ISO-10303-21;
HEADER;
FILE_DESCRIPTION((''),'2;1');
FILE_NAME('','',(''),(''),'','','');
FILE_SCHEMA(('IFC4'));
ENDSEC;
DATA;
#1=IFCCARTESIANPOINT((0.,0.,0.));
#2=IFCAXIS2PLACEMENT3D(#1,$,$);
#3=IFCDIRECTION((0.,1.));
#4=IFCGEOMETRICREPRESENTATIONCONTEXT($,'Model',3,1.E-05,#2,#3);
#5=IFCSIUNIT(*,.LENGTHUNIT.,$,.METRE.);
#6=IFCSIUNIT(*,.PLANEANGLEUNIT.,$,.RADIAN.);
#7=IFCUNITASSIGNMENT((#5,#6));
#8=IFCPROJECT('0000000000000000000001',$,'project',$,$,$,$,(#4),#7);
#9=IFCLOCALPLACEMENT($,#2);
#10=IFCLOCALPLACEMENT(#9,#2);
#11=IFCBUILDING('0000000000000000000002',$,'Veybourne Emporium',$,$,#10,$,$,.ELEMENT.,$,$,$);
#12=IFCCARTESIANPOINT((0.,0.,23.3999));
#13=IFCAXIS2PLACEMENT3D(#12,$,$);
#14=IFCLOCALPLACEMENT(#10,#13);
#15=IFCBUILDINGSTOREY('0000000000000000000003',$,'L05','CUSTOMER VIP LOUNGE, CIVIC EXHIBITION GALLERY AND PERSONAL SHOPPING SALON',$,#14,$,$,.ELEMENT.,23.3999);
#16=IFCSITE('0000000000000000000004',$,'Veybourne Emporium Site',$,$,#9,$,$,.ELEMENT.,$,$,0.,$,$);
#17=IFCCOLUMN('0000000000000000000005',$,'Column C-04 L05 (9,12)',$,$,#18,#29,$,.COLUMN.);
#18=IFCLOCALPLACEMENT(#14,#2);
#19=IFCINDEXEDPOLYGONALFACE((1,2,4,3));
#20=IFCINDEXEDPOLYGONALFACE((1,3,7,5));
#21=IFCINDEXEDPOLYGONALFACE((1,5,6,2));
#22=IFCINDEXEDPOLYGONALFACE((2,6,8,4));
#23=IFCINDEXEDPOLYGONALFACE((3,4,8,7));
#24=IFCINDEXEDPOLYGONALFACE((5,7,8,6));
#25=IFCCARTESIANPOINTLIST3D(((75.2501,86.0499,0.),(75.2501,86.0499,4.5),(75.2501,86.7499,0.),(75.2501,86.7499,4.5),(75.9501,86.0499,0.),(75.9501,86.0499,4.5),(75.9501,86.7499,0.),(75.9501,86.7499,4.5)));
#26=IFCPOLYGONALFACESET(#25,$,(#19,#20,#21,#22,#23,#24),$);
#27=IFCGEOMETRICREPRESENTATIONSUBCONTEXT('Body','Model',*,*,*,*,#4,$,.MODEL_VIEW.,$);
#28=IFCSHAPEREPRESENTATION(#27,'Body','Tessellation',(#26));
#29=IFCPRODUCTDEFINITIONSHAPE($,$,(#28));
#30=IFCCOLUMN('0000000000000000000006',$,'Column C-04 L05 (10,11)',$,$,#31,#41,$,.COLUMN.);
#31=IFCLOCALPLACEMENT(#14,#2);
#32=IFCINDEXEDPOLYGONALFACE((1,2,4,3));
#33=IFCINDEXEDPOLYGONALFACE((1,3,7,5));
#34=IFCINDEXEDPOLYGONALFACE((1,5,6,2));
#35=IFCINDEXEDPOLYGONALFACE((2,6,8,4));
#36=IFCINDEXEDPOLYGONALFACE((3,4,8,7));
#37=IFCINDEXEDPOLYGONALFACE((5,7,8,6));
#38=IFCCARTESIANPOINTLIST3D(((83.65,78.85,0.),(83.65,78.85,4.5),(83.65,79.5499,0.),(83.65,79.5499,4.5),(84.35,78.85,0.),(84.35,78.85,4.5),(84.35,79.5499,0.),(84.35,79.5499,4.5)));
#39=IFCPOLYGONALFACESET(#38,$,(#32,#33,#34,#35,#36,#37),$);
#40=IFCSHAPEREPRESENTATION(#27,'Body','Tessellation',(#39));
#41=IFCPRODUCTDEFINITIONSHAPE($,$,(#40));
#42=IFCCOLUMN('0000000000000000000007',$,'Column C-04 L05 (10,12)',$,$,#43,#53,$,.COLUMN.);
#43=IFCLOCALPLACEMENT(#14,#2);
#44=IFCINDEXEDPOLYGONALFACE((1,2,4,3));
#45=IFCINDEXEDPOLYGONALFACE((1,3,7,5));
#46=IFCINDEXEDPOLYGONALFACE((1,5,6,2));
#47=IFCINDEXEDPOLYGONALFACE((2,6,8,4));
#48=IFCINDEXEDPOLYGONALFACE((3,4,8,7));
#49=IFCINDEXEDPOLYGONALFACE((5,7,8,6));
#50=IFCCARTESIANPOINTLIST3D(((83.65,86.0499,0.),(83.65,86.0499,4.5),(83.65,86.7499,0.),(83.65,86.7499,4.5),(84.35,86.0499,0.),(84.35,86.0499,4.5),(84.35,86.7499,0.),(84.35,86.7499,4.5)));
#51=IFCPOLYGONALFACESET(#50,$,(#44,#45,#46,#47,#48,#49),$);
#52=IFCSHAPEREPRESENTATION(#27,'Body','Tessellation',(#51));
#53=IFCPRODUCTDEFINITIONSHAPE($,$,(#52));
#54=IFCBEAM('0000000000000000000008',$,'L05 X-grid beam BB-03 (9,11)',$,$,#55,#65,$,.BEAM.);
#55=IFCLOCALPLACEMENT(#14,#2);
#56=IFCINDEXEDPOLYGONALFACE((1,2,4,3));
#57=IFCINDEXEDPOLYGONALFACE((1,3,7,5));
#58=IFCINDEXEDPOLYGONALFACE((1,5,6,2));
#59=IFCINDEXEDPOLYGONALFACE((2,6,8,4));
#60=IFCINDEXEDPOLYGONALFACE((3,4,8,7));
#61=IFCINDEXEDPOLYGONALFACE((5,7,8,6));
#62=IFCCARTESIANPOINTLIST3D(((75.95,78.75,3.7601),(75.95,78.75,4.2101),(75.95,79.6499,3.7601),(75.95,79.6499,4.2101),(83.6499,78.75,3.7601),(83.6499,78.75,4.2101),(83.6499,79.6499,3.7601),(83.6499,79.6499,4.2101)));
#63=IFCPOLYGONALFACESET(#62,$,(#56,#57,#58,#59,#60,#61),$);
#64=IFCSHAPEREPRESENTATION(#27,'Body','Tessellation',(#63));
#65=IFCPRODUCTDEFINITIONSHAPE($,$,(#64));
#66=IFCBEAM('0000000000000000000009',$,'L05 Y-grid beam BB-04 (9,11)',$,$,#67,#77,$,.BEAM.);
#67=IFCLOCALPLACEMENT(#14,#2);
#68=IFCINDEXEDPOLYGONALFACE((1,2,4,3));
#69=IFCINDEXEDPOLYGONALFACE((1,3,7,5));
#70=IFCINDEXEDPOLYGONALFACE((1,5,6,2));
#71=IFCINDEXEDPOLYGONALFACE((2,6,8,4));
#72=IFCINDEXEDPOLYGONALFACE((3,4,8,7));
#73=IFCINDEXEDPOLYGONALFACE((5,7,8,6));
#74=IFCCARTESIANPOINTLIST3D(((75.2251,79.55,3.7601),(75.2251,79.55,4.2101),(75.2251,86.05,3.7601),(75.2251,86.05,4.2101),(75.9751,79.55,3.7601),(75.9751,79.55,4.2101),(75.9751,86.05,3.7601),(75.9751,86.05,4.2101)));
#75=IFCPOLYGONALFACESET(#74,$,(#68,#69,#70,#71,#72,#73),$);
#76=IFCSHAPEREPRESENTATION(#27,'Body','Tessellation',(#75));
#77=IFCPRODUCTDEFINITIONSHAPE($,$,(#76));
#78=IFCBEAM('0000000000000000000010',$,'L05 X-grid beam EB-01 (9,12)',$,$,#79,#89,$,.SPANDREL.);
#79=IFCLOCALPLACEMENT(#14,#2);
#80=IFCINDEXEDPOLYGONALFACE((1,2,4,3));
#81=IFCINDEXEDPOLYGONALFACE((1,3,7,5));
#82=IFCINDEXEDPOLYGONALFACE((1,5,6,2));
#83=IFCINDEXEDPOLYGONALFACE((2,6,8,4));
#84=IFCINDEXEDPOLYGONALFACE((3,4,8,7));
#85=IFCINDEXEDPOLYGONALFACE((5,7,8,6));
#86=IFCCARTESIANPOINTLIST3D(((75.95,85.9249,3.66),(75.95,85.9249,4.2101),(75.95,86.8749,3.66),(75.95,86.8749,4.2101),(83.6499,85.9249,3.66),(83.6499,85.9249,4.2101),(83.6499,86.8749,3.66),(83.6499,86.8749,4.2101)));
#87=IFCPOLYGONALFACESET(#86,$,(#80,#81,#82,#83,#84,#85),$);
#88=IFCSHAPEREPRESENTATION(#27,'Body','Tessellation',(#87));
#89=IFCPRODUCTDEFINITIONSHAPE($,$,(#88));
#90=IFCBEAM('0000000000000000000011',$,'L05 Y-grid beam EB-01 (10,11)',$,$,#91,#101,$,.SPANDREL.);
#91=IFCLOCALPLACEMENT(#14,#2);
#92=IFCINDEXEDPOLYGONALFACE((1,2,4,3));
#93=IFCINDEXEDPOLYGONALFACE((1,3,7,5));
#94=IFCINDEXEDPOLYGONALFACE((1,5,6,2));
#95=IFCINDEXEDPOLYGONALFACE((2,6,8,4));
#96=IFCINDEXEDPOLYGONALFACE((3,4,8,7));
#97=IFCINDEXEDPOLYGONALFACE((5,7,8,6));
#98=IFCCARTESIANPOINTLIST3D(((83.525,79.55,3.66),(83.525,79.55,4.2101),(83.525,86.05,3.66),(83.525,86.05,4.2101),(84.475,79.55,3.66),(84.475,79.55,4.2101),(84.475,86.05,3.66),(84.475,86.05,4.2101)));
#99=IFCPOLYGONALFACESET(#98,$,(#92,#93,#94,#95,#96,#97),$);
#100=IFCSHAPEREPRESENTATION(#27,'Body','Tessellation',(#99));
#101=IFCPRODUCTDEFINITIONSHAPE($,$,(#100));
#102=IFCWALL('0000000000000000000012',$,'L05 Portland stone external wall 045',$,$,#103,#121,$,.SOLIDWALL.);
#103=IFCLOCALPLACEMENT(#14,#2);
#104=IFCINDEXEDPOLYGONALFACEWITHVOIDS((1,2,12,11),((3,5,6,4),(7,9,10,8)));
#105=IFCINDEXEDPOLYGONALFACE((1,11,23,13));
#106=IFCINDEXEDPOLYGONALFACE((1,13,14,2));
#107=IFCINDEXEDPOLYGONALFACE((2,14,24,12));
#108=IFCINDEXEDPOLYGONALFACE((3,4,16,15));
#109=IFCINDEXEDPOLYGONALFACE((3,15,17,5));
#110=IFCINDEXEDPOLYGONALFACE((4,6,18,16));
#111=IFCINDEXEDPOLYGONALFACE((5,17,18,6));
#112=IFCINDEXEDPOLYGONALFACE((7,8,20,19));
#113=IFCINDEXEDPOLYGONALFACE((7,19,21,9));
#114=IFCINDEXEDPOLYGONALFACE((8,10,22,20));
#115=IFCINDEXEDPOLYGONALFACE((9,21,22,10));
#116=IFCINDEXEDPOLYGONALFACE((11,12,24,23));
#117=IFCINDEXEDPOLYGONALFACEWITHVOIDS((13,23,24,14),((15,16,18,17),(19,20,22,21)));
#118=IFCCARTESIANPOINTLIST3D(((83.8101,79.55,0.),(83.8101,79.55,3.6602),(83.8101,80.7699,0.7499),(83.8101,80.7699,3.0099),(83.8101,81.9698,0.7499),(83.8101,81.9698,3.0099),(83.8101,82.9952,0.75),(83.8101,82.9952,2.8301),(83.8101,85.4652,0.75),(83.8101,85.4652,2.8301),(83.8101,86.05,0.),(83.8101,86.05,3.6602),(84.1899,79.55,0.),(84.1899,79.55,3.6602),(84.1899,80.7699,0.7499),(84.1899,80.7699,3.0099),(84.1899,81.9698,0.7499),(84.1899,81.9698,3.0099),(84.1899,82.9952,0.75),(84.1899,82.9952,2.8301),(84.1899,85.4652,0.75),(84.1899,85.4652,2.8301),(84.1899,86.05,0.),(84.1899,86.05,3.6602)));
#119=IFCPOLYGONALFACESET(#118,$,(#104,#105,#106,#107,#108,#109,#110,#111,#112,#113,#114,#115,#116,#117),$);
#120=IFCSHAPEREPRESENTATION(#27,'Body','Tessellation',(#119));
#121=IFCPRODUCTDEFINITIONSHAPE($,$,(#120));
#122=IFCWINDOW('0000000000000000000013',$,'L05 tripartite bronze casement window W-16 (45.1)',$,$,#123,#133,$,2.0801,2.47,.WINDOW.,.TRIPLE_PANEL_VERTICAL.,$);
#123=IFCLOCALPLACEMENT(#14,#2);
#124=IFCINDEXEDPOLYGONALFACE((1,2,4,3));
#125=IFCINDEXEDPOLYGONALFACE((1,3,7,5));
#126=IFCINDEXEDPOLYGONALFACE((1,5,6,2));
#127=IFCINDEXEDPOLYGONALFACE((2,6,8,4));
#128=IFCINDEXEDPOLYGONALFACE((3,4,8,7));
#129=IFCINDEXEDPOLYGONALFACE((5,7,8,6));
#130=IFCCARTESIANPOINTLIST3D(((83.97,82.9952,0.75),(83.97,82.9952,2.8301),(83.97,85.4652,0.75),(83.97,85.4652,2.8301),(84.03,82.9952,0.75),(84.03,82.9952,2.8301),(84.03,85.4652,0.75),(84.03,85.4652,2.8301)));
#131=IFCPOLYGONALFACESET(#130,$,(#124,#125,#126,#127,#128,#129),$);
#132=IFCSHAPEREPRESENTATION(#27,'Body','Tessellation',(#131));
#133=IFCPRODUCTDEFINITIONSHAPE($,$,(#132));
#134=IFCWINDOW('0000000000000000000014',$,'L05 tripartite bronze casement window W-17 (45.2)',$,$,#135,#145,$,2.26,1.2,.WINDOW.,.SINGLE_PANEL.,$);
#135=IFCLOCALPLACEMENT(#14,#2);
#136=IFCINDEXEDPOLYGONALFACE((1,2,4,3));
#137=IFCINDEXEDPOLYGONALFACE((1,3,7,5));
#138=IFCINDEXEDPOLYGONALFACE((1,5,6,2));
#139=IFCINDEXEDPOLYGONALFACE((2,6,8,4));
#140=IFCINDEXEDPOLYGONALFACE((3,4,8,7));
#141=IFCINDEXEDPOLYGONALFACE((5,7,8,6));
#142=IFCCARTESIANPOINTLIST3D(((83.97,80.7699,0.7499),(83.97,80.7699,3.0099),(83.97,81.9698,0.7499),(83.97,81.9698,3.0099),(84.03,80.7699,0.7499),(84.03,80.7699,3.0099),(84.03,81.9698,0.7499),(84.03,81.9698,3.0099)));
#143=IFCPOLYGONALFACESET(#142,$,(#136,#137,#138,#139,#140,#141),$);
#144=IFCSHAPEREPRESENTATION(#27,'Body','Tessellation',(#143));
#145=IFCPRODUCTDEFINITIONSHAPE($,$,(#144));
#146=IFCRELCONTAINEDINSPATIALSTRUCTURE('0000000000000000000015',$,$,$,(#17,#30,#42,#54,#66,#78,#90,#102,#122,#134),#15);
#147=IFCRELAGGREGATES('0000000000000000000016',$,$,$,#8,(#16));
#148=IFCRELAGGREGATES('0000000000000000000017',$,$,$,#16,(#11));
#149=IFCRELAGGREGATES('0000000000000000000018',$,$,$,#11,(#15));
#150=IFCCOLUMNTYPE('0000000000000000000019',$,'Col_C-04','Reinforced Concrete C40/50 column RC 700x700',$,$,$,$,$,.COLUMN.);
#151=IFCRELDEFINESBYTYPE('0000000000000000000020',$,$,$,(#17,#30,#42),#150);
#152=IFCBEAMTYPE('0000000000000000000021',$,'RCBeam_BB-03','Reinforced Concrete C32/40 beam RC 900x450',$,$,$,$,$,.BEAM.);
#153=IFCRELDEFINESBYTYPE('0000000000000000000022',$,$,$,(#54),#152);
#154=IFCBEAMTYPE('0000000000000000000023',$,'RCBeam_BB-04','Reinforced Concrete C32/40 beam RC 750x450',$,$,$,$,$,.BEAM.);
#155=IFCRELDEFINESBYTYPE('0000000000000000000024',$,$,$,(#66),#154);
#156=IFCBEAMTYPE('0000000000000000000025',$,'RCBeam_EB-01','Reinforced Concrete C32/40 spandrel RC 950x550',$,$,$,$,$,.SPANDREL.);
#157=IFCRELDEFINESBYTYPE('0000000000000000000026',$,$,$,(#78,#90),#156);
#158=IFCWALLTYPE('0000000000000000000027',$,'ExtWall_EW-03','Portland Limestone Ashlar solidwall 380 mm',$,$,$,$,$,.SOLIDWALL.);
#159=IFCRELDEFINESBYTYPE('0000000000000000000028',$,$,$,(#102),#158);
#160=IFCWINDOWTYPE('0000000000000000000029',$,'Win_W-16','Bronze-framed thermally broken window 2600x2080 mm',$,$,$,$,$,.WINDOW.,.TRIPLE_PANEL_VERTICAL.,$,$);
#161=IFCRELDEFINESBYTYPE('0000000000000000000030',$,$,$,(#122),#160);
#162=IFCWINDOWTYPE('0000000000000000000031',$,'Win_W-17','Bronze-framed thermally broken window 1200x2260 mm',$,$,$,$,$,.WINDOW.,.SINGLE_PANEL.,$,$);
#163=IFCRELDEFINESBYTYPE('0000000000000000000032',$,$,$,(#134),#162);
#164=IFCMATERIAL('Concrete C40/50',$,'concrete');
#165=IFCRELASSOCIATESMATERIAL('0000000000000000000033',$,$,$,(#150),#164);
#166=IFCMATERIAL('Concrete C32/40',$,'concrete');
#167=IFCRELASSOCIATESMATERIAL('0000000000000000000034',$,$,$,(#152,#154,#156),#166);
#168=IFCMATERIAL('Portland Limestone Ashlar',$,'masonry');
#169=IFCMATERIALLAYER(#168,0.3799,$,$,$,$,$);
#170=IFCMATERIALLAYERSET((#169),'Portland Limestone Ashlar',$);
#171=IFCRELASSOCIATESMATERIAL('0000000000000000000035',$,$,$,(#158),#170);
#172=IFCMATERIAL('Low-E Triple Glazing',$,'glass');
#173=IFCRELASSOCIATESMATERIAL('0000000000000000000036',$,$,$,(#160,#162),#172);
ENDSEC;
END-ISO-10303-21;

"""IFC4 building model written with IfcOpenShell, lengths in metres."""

from ifc_helpers import new_model, si_unit, direction, frame, frame_2d, origin, origin_2d, place, context, subcontext, project, spatial, rectangle, extrude, material, layer, layer_set, material_profile, profile_set, type_object, element, fill, save


model = new_model("IFC4")

# Units and contexts
model_context = context("Model", 3, precision=1e-05, world=origin(), true_north=direction((0.0, 1.0)))
body_context = subcontext(model_context, "Body", "Model", "MODEL_VIEW")
ifc_project = project(units=[si_unit("LENGTHUNIT", "METRE"), si_unit("PLANEANGLEUNIT", "RADIAN")], contexts=[model_context])

# Site, building, storey
site_placement = place(None, origin())
site = spatial("IfcSite", under=ifc_project, at=site_placement, Name="Veybourne Emporium Site", CompositionType="ELEMENT", RefElevation=0.0)
building_placement = place(site_placement, origin())
building = spatial("IfcBuilding", under=site, at=building_placement, Name="Veybourne Emporium", CompositionType="ELEMENT")
storey_placement = place(building_placement, frame((0.0, 0.0, 23.3999)))
storey = spatial("IfcBuildingStorey", under=building, at=storey_placement, Name="L05", Description="CUSTOMER VIP LOUNGE, CIVIC EXHIBITION GALLERY AND PERSONAL SHOPPING SALON", CompositionType="ELEMENT", Elevation=23.3999)

# Columns
ifc_material_1 = material(Name="Concrete C40/50", Category="concrete")
ifc_material_profile_1 = material_profile(ifc_material_1, rectangle(XDim=0.7, YDim=0.7, at=origin_2d()), Name="RC 700x700")
ifc_profile_set_1 = profile_set([ifc_material_profile_1], Name="Concrete C40/50")
column_type = type_object("IfcColumnType", Name="Col_C-04", Description="Reinforced Concrete C40/50 column RC 700x700", PredefinedType="COLUMN", material=ifc_profile_set_1)
for number, where, z_axis, x_axis, name in (
    (1, (75.6001, 86.3999, 0.0), (0.0, 0.0, 1.0), (1.0, 0.0, 0.0), "Column C-04 L05 (9,12)"),
    (2, (84.0, 79.2, 0.0), (0.0, 0.0, 1.0), (1.0, 0.0, 0.0), "Column C-04 L05 (10,11)"),
    (3, (84.0, 86.3999, 0.0), (0.0, 0.0, 1.0), (1.0, 0.0, 0.0), "Column C-04 L05 (10,12)"),
):
    element("IfcColumn", number, at=place(storey_placement, frame(where, z_axis=z_axis, x_axis=x_axis)), inside=storey, type_object=column_type, Name=name, PredefinedType="COLUMN", context=body_context, shape_type="SweptSolid", body=[
        extrude(rectangle(XDim=0.7, YDim=0.7, at=origin_2d()), origin(), (0.0, 0.0, 1.0), 4.5),
    ])

# Beams
ifc_material_2 = material(Name="Concrete C32/40", Category="concrete")
ifc_material_profile_2 = material_profile(ifc_material_2, rectangle(XDim=0.8999, YDim=0.45, at=origin_2d()), Name="RC 900x450")
ifc_profile_set_2 = profile_set([ifc_material_profile_2], Name="Concrete C32/40")
beam_type_1 = type_object("IfcBeamType", Name="RCBeam_BB-03", Description="Reinforced Concrete C32/40 beam RC 900x450", PredefinedType="BEAM", material=ifc_profile_set_2)
beam_1_placement = place(storey_placement, frame((75.95, 79.2, 3.9851), z_axis=(1.0, 0.0, 0.0), x_axis=(0.0, 1.0, 0.0)))
element("IfcBeam", 4, at=beam_1_placement, inside=storey, type_object=beam_type_1, Name="L05 X-grid beam BB-03 (9,11)", PredefinedType="BEAM", context=body_context, shape_type="SweptSolid", body=[
    extrude(rectangle(XDim=0.8999, YDim=0.45, at=origin_2d()), origin(), (0.0, 0.0, 1.0), 7.7),
])
ifc_material_profile_3 = material_profile(ifc_material_2, rectangle(XDim=0.75, YDim=0.45, at=origin_2d()), Name="RC 750x450")
ifc_profile_set_3 = profile_set([ifc_material_profile_3], Name="Concrete C32/40")
beam_type_2 = type_object("IfcBeamType", Name="RCBeam_BB-04", Description="Reinforced Concrete C32/40 beam RC 750x450", PredefinedType="BEAM", material=ifc_profile_set_3)
beam_2_placement = place(storey_placement, frame((75.6001, 79.55, 3.9851), z_axis=(0.0, 1.0, 0.0), x_axis=(-1.0, 0.0, 0.0)))
element("IfcBeam", 5, at=beam_2_placement, inside=storey, type_object=beam_type_2, Name="L05 Y-grid beam BB-04 (9,11)", PredefinedType="BEAM", context=body_context, shape_type="SweptSolid", body=[
    extrude(rectangle(XDim=0.75, YDim=0.45, at=origin_2d()), origin(), (0.0, 0.0, 1.0), 6.5),
])
ifc_material_profile_4 = material_profile(ifc_material_2, rectangle(XDim=0.95, YDim=0.55, at=origin_2d()), Name="RC 950x550")
ifc_profile_set_4 = profile_set([ifc_material_profile_4], Name="Concrete C32/40")
beam_type_3 = type_object("IfcBeamType", Name="RCBeam_EB-01", Description="Reinforced Concrete C32/40 spandrel RC 950x550", PredefinedType="SPANDREL", material=ifc_profile_set_4)
beam_3_placement = place(storey_placement, frame((75.95, 86.3999, 3.9351), z_axis=(1.0, 0.0, 0.0), x_axis=(0.0, 1.0, 0.0)))
element("IfcBeam", 6, at=beam_3_placement, inside=storey, type_object=beam_type_3, Name="L05 X-grid beam EB-01 (9,12)", PredefinedType="SPANDREL", context=body_context, shape_type="SweptSolid", body=[
    extrude(rectangle(XDim=0.95, YDim=0.55, at=origin_2d()), origin(), (0.0, 0.0, 1.0), 7.7),
])
beam_4_placement = place(storey_placement, frame((84.0, 79.55, 3.9351), z_axis=(0.0, 1.0, 0.0), x_axis=(-1.0, 0.0, 0.0)))
element("IfcBeam", 7, at=beam_4_placement, inside=storey, type_object=beam_type_3, Name="L05 Y-grid beam EB-01 (10,11)", PredefinedType="SPANDREL", context=body_context, shape_type="SweptSolid", body=[
    extrude(rectangle(XDim=0.95, YDim=0.55, at=origin_2d()), origin(), (0.0, 0.0, 1.0), 6.5),
])

# Wall, openings, windows
ifc_material_3 = material(Name="Portland Limestone Ashlar", Category="masonry")
ifc_layer_1 = layer(ifc_material_3, 0.3799)
ifc_layer_set_1 = layer_set([ifc_layer_1], Name="Portland Limestone Ashlar")
wall_type_1 = type_object("IfcWallType", Name="ExtWall_EW-03", Description="Portland Limestone Ashlar solidwall 380 mm", PredefinedType="SOLIDWALL", material=ifc_layer_set_1)
wall_1_placement = place(storey_placement, frame((84.0, 86.05, 0.0), z_axis=(0.0, 0.0, 1.0), x_axis=(0.0, -1.0, 0.0)))
wall_1 = element("IfcWall", 8, at=wall_1_placement, inside=storey, type_object=wall_type_1, Name="L05 Portland stone external wall 045", PredefinedType="SOLIDWALL", context=body_context, shape_type="SweptSolid", body=[
    extrude(rectangle(XDim=6.5, YDim=0.3799, at=frame_2d((3.25, 0.0))), origin(), (0.0, 0.0, 1.0), 3.6602),
])
opening_1_placement = place(wall_1_placement, frame((0.585, 0.0, 0.75)))
opening_1 = element("IfcOpeningElement", 9, at=opening_1_placement, cuts=wall_1, PredefinedType="OPENING", context=body_context, shape_type="SweptSolid", body=[
    extrude(rectangle(XDim=2.47, YDim=2.0801, at=frame_2d((1.2349, 1.04))), frame((0.0, 0.21, 0.0), z_axis=(0.0, -1.0, 0.0), x_axis=(1.0, 0.0, 0.0)), (0.0, 0.0, 1.0), 0.4199),
])
opening_2_placement = place(wall_1_placement, frame((4.0801, 0.0, 0.75)))
opening_2 = element("IfcOpeningElement", 10, at=opening_2_placement, cuts=wall_1, PredefinedType="OPENING", context=body_context, shape_type="SweptSolid", body=[
    extrude(rectangle(XDim=1.2, YDim=2.26, at=frame_2d((0.6001, 1.1299))), frame((0.0, 0.21, 0.0), z_axis=(0.0, -1.0, 0.0), x_axis=(1.0, 0.0, 0.0)), (0.0, 0.0, 1.0), 0.4199),
])
ifc_material_4 = material(Name="Low-E Triple Glazing", Category="glass")
window_type_1 = type_object("IfcWindowType", Name="Win_W-16", Description="Bronze-framed thermally broken window 2600x2080 mm", PartitioningType="TRIPLE_PANEL_VERTICAL", PredefinedType="WINDOW", material=ifc_material_4)
window_1_placement = place(opening_1_placement, origin())
window_1 = element("IfcWindow", 11, at=window_1_placement, inside=storey, type_object=window_type_1, Name="L05 tripartite bronze casement window W-16 (45.1)", OverallHeight=2.0801, OverallWidth=2.47, PartitioningType="TRIPLE_PANEL_VERTICAL", PredefinedType="WINDOW", context=body_context, shape_type="SweptSolid", body=[
    extrude(rectangle(XDim=2.47, YDim=2.0801, at=frame_2d((1.2349, 1.04))), frame((0.0, 0.03, 0.0), z_axis=(0.0, -1.0, 0.0), x_axis=(1.0, 0.0, 0.0)), (0.0, 0.0, 1.0), 0.0601),
])
fill(opening_1, window_1)
window_type_2 = type_object("IfcWindowType", Name="Win_W-17", Description="Bronze-framed thermally broken window 1200x2260 mm", PartitioningType="SINGLE_PANEL", PredefinedType="WINDOW", material=ifc_material_4)
window_2_placement = place(opening_2_placement, origin())
window_2 = element("IfcWindow", 12, at=window_2_placement, inside=storey, type_object=window_type_2, Name="L05 tripartite bronze casement window W-17 (45.2)", OverallHeight=2.26, OverallWidth=1.2, PartitioningType="SINGLE_PANEL", PredefinedType="WINDOW", context=body_context, shape_type="SweptSolid", body=[
    extrude(rectangle(XDim=1.2, YDim=2.26, at=frame_2d((0.6001, 1.1299))), frame((0.0, 0.03, 0.0), z_axis=(0.0, -1.0, 0.0), x_axis=(1.0, 0.0, 0.0)), (0.0, 0.0, 1.0), 0.0601),
])
fill(opening_2, window_2)

save(model, "model.ifc")
